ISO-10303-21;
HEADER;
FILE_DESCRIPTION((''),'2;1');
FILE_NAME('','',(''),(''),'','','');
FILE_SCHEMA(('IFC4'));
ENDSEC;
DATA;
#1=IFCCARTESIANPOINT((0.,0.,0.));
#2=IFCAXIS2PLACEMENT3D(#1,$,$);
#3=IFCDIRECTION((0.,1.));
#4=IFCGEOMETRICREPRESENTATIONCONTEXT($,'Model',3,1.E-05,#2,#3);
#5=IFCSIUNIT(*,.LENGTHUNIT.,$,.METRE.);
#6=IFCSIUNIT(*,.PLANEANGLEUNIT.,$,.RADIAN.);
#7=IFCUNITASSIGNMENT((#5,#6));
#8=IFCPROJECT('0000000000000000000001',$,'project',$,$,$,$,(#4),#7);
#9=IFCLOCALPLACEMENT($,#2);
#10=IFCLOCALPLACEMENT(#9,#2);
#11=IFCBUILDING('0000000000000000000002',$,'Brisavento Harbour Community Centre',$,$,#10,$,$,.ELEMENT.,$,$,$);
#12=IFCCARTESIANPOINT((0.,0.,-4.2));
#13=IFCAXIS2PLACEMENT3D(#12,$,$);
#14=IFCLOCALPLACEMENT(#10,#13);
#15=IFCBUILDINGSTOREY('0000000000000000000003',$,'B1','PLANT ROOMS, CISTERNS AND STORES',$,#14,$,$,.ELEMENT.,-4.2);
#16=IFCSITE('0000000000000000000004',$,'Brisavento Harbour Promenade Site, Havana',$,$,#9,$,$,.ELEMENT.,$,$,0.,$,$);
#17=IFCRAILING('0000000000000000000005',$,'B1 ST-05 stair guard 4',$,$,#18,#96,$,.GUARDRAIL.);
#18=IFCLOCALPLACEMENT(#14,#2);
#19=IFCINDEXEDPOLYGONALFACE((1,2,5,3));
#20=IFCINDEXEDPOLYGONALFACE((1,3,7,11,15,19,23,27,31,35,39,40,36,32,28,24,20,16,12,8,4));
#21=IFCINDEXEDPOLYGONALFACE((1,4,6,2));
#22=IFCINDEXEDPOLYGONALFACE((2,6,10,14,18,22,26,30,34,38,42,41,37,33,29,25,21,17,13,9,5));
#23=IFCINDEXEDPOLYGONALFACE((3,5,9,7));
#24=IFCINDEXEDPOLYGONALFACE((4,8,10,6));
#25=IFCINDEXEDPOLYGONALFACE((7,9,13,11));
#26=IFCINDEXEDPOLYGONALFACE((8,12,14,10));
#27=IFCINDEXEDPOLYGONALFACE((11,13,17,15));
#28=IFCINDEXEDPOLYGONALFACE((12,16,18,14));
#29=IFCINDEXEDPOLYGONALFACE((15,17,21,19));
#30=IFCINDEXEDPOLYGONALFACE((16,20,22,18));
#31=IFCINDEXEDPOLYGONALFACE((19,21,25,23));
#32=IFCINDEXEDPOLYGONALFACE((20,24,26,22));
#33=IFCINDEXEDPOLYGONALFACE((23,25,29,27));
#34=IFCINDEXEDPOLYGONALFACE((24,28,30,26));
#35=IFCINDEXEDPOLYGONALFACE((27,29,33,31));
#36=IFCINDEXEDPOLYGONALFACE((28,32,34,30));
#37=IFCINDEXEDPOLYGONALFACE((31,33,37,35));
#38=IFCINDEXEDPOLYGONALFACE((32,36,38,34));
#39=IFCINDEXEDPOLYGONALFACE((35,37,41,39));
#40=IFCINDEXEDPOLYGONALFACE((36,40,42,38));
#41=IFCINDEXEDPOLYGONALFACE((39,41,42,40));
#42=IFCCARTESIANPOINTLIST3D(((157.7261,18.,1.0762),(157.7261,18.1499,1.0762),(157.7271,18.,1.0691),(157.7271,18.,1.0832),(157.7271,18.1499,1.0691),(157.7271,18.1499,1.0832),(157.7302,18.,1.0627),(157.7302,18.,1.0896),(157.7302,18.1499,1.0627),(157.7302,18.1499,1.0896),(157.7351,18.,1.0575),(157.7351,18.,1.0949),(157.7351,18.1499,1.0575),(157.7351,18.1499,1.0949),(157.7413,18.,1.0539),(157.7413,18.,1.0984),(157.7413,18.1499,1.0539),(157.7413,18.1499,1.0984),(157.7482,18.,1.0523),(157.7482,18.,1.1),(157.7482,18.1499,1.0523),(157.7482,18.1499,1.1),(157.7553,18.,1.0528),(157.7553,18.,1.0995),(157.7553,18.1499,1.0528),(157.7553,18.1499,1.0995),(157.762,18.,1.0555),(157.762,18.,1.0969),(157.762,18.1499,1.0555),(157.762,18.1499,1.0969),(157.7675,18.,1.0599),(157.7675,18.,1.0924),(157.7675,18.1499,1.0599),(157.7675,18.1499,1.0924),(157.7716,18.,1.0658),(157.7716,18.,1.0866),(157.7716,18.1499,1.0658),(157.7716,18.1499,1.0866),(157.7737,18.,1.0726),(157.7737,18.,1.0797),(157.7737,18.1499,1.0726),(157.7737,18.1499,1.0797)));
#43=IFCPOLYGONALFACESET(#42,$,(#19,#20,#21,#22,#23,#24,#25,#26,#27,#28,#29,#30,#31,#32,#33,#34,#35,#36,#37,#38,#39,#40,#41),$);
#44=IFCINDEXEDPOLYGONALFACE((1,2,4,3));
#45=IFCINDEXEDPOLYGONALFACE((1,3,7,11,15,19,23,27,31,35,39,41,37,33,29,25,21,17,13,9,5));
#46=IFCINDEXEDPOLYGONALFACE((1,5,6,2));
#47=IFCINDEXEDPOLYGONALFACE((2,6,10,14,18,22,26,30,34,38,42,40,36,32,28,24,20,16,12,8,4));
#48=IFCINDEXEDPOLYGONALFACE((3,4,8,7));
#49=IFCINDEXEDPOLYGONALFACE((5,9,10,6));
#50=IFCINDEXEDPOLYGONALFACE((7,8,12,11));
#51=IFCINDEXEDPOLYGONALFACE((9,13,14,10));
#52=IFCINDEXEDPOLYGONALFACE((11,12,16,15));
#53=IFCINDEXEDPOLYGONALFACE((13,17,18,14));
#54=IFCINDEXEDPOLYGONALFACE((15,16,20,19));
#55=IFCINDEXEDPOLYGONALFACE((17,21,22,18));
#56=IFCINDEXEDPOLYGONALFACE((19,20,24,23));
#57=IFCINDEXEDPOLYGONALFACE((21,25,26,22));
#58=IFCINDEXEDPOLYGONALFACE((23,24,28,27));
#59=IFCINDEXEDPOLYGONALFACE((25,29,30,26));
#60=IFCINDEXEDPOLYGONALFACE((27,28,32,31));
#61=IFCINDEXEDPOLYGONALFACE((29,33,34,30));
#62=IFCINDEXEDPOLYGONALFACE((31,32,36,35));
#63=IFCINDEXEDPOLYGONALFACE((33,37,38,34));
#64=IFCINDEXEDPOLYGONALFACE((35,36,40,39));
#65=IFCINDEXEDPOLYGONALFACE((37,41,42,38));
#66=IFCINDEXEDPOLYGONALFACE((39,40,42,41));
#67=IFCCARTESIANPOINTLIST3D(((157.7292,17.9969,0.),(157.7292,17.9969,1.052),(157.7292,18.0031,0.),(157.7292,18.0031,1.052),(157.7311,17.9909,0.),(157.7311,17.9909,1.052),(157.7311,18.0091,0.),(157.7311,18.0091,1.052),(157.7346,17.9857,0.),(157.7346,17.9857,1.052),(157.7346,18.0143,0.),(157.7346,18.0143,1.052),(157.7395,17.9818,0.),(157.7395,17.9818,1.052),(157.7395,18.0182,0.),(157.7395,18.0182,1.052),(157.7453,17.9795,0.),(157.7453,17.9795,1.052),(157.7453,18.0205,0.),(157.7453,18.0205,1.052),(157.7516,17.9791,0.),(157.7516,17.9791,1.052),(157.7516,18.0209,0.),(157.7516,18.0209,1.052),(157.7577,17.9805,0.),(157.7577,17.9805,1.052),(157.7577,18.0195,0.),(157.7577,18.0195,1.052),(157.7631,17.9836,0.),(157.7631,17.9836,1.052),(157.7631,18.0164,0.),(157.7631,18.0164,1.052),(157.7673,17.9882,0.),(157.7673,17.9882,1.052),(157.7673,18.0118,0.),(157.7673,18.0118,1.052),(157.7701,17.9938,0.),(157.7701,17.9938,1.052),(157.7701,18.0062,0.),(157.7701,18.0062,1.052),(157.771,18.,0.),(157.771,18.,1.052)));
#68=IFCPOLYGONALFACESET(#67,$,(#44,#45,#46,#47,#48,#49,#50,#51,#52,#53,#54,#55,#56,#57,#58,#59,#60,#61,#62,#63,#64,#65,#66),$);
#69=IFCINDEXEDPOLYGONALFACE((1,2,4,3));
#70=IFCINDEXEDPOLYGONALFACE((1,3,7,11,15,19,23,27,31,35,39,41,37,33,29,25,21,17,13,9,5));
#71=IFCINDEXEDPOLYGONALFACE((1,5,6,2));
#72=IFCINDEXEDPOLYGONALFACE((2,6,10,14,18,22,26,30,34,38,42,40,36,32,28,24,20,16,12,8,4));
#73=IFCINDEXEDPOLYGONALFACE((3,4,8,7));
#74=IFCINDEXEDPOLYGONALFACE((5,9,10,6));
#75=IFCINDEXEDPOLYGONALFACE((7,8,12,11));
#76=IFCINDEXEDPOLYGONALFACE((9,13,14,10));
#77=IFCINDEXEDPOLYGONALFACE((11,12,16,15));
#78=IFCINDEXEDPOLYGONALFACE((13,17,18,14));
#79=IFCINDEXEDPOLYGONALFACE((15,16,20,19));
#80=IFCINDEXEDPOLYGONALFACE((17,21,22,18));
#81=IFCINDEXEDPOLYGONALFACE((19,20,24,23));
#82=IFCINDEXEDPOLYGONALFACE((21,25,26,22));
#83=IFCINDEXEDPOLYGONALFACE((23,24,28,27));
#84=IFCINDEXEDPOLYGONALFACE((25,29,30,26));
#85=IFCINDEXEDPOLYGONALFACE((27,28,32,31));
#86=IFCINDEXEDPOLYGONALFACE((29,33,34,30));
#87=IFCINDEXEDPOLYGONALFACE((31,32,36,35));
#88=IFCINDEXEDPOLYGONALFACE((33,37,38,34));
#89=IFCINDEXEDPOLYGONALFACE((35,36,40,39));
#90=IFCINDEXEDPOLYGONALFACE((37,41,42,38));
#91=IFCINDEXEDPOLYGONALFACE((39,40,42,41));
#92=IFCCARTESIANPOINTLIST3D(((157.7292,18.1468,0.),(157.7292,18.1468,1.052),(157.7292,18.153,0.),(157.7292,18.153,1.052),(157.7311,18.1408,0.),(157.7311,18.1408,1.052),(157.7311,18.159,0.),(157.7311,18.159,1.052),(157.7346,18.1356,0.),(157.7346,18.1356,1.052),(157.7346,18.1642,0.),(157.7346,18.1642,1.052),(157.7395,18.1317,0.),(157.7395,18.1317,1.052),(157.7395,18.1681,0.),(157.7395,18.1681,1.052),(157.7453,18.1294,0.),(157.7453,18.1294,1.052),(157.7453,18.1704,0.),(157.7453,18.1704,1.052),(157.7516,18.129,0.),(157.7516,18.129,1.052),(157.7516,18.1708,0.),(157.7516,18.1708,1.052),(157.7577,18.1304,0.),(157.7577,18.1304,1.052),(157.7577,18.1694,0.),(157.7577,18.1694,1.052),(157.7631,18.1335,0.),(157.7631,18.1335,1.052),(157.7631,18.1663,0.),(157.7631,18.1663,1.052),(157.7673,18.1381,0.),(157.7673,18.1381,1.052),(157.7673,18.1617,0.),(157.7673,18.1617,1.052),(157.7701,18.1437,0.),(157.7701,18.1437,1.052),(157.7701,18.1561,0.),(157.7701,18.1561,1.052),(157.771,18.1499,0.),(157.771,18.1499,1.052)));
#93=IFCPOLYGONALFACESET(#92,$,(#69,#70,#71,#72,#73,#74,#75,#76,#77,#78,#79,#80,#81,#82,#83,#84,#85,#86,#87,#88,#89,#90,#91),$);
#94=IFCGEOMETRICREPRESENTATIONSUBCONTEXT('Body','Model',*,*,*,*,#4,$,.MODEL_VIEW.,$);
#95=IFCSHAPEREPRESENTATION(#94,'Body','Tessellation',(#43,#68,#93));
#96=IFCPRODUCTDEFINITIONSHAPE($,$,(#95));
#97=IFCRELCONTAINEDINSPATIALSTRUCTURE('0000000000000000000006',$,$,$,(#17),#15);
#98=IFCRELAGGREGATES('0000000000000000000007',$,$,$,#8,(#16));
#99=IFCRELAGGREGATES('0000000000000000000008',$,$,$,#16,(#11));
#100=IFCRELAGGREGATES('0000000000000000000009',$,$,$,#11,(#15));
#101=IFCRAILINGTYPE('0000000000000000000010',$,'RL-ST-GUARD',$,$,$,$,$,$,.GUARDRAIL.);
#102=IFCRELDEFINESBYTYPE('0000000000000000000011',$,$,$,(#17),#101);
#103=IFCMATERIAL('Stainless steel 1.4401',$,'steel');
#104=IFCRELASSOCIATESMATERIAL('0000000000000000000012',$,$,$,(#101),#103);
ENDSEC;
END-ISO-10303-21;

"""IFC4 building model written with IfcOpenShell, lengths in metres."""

from ifc_helpers import new_model, si_unit, direction, frame, origin, origin_2d, place, context, subcontext, project, spatial, circle, extrude, material, type_object, element, save


model = new_model("IFC4")

# Units and contexts
model_context = context("Model", 3, precision=1e-05, world=origin(), true_north=direction((0.0, 1.0)))
body_context = subcontext(model_context, "Body", "Model", "MODEL_VIEW")
ifc_project = project(units=[si_unit("LENGTHUNIT", "METRE"), si_unit("PLANEANGLEUNIT", "RADIAN")], contexts=[model_context])

# Site, building, storey
site_placement = place(None, origin())
site = spatial("IfcSite", under=ifc_project, at=site_placement, Name="Brisavento Harbour Promenade Site, Havana", CompositionType="ELEMENT", RefElevation=0.0)
building_placement = place(site_placement, origin())
building = spatial("IfcBuilding", under=site, at=building_placement, Name="Brisavento Harbour Community Centre", CompositionType="ELEMENT")
storey_placement = place(building_placement, frame((0.0, 0.0, -4.2)))
storey = spatial("IfcBuildingStorey", under=building, at=storey_placement, Name="B1", Description="PLANT ROOMS, CISTERNS AND STORES", CompositionType="ELEMENT", Elevation=-4.2)

# Railing
ifc_material_1 = material(Name="Stainless steel 1.4401", Category="steel")
railing_type_1 = type_object("IfcRailingType", Name="RL-ST-GUARD", PredefinedType="GUARDRAIL", material=ifc_material_1)
railing_1_placement = place(storey_placement, frame((157.75, 18.0, 0.0)))
element("IfcRailing", 1, at=railing_1_placement, inside=storey, type_object=railing_type_1, Name="B1 ST-05 stair guard 4", PredefinedType="GUARDRAIL", context=body_context, shape_type="SweptSolid", body=[
    extrude(circle(Radius=0.0239, at=origin_2d()), frame((0.0, 0.0, 1.0762), z_axis=(0.0, 1.0, 0.0), x_axis=(-1.0, 0.0, 0.0)), (0.0, 0.0, 1.0), 0.1499),
    extrude(circle(Radius=0.021, at=origin_2d()), origin(), (0.0, 0.0, 1.0), 1.052),
    extrude(circle(Radius=0.021, at=origin_2d()), frame((0.0, 0.1499, 0.0)), (0.0, 0.0, 1.0), 1.052),
])

save(model, "model.ifc")
